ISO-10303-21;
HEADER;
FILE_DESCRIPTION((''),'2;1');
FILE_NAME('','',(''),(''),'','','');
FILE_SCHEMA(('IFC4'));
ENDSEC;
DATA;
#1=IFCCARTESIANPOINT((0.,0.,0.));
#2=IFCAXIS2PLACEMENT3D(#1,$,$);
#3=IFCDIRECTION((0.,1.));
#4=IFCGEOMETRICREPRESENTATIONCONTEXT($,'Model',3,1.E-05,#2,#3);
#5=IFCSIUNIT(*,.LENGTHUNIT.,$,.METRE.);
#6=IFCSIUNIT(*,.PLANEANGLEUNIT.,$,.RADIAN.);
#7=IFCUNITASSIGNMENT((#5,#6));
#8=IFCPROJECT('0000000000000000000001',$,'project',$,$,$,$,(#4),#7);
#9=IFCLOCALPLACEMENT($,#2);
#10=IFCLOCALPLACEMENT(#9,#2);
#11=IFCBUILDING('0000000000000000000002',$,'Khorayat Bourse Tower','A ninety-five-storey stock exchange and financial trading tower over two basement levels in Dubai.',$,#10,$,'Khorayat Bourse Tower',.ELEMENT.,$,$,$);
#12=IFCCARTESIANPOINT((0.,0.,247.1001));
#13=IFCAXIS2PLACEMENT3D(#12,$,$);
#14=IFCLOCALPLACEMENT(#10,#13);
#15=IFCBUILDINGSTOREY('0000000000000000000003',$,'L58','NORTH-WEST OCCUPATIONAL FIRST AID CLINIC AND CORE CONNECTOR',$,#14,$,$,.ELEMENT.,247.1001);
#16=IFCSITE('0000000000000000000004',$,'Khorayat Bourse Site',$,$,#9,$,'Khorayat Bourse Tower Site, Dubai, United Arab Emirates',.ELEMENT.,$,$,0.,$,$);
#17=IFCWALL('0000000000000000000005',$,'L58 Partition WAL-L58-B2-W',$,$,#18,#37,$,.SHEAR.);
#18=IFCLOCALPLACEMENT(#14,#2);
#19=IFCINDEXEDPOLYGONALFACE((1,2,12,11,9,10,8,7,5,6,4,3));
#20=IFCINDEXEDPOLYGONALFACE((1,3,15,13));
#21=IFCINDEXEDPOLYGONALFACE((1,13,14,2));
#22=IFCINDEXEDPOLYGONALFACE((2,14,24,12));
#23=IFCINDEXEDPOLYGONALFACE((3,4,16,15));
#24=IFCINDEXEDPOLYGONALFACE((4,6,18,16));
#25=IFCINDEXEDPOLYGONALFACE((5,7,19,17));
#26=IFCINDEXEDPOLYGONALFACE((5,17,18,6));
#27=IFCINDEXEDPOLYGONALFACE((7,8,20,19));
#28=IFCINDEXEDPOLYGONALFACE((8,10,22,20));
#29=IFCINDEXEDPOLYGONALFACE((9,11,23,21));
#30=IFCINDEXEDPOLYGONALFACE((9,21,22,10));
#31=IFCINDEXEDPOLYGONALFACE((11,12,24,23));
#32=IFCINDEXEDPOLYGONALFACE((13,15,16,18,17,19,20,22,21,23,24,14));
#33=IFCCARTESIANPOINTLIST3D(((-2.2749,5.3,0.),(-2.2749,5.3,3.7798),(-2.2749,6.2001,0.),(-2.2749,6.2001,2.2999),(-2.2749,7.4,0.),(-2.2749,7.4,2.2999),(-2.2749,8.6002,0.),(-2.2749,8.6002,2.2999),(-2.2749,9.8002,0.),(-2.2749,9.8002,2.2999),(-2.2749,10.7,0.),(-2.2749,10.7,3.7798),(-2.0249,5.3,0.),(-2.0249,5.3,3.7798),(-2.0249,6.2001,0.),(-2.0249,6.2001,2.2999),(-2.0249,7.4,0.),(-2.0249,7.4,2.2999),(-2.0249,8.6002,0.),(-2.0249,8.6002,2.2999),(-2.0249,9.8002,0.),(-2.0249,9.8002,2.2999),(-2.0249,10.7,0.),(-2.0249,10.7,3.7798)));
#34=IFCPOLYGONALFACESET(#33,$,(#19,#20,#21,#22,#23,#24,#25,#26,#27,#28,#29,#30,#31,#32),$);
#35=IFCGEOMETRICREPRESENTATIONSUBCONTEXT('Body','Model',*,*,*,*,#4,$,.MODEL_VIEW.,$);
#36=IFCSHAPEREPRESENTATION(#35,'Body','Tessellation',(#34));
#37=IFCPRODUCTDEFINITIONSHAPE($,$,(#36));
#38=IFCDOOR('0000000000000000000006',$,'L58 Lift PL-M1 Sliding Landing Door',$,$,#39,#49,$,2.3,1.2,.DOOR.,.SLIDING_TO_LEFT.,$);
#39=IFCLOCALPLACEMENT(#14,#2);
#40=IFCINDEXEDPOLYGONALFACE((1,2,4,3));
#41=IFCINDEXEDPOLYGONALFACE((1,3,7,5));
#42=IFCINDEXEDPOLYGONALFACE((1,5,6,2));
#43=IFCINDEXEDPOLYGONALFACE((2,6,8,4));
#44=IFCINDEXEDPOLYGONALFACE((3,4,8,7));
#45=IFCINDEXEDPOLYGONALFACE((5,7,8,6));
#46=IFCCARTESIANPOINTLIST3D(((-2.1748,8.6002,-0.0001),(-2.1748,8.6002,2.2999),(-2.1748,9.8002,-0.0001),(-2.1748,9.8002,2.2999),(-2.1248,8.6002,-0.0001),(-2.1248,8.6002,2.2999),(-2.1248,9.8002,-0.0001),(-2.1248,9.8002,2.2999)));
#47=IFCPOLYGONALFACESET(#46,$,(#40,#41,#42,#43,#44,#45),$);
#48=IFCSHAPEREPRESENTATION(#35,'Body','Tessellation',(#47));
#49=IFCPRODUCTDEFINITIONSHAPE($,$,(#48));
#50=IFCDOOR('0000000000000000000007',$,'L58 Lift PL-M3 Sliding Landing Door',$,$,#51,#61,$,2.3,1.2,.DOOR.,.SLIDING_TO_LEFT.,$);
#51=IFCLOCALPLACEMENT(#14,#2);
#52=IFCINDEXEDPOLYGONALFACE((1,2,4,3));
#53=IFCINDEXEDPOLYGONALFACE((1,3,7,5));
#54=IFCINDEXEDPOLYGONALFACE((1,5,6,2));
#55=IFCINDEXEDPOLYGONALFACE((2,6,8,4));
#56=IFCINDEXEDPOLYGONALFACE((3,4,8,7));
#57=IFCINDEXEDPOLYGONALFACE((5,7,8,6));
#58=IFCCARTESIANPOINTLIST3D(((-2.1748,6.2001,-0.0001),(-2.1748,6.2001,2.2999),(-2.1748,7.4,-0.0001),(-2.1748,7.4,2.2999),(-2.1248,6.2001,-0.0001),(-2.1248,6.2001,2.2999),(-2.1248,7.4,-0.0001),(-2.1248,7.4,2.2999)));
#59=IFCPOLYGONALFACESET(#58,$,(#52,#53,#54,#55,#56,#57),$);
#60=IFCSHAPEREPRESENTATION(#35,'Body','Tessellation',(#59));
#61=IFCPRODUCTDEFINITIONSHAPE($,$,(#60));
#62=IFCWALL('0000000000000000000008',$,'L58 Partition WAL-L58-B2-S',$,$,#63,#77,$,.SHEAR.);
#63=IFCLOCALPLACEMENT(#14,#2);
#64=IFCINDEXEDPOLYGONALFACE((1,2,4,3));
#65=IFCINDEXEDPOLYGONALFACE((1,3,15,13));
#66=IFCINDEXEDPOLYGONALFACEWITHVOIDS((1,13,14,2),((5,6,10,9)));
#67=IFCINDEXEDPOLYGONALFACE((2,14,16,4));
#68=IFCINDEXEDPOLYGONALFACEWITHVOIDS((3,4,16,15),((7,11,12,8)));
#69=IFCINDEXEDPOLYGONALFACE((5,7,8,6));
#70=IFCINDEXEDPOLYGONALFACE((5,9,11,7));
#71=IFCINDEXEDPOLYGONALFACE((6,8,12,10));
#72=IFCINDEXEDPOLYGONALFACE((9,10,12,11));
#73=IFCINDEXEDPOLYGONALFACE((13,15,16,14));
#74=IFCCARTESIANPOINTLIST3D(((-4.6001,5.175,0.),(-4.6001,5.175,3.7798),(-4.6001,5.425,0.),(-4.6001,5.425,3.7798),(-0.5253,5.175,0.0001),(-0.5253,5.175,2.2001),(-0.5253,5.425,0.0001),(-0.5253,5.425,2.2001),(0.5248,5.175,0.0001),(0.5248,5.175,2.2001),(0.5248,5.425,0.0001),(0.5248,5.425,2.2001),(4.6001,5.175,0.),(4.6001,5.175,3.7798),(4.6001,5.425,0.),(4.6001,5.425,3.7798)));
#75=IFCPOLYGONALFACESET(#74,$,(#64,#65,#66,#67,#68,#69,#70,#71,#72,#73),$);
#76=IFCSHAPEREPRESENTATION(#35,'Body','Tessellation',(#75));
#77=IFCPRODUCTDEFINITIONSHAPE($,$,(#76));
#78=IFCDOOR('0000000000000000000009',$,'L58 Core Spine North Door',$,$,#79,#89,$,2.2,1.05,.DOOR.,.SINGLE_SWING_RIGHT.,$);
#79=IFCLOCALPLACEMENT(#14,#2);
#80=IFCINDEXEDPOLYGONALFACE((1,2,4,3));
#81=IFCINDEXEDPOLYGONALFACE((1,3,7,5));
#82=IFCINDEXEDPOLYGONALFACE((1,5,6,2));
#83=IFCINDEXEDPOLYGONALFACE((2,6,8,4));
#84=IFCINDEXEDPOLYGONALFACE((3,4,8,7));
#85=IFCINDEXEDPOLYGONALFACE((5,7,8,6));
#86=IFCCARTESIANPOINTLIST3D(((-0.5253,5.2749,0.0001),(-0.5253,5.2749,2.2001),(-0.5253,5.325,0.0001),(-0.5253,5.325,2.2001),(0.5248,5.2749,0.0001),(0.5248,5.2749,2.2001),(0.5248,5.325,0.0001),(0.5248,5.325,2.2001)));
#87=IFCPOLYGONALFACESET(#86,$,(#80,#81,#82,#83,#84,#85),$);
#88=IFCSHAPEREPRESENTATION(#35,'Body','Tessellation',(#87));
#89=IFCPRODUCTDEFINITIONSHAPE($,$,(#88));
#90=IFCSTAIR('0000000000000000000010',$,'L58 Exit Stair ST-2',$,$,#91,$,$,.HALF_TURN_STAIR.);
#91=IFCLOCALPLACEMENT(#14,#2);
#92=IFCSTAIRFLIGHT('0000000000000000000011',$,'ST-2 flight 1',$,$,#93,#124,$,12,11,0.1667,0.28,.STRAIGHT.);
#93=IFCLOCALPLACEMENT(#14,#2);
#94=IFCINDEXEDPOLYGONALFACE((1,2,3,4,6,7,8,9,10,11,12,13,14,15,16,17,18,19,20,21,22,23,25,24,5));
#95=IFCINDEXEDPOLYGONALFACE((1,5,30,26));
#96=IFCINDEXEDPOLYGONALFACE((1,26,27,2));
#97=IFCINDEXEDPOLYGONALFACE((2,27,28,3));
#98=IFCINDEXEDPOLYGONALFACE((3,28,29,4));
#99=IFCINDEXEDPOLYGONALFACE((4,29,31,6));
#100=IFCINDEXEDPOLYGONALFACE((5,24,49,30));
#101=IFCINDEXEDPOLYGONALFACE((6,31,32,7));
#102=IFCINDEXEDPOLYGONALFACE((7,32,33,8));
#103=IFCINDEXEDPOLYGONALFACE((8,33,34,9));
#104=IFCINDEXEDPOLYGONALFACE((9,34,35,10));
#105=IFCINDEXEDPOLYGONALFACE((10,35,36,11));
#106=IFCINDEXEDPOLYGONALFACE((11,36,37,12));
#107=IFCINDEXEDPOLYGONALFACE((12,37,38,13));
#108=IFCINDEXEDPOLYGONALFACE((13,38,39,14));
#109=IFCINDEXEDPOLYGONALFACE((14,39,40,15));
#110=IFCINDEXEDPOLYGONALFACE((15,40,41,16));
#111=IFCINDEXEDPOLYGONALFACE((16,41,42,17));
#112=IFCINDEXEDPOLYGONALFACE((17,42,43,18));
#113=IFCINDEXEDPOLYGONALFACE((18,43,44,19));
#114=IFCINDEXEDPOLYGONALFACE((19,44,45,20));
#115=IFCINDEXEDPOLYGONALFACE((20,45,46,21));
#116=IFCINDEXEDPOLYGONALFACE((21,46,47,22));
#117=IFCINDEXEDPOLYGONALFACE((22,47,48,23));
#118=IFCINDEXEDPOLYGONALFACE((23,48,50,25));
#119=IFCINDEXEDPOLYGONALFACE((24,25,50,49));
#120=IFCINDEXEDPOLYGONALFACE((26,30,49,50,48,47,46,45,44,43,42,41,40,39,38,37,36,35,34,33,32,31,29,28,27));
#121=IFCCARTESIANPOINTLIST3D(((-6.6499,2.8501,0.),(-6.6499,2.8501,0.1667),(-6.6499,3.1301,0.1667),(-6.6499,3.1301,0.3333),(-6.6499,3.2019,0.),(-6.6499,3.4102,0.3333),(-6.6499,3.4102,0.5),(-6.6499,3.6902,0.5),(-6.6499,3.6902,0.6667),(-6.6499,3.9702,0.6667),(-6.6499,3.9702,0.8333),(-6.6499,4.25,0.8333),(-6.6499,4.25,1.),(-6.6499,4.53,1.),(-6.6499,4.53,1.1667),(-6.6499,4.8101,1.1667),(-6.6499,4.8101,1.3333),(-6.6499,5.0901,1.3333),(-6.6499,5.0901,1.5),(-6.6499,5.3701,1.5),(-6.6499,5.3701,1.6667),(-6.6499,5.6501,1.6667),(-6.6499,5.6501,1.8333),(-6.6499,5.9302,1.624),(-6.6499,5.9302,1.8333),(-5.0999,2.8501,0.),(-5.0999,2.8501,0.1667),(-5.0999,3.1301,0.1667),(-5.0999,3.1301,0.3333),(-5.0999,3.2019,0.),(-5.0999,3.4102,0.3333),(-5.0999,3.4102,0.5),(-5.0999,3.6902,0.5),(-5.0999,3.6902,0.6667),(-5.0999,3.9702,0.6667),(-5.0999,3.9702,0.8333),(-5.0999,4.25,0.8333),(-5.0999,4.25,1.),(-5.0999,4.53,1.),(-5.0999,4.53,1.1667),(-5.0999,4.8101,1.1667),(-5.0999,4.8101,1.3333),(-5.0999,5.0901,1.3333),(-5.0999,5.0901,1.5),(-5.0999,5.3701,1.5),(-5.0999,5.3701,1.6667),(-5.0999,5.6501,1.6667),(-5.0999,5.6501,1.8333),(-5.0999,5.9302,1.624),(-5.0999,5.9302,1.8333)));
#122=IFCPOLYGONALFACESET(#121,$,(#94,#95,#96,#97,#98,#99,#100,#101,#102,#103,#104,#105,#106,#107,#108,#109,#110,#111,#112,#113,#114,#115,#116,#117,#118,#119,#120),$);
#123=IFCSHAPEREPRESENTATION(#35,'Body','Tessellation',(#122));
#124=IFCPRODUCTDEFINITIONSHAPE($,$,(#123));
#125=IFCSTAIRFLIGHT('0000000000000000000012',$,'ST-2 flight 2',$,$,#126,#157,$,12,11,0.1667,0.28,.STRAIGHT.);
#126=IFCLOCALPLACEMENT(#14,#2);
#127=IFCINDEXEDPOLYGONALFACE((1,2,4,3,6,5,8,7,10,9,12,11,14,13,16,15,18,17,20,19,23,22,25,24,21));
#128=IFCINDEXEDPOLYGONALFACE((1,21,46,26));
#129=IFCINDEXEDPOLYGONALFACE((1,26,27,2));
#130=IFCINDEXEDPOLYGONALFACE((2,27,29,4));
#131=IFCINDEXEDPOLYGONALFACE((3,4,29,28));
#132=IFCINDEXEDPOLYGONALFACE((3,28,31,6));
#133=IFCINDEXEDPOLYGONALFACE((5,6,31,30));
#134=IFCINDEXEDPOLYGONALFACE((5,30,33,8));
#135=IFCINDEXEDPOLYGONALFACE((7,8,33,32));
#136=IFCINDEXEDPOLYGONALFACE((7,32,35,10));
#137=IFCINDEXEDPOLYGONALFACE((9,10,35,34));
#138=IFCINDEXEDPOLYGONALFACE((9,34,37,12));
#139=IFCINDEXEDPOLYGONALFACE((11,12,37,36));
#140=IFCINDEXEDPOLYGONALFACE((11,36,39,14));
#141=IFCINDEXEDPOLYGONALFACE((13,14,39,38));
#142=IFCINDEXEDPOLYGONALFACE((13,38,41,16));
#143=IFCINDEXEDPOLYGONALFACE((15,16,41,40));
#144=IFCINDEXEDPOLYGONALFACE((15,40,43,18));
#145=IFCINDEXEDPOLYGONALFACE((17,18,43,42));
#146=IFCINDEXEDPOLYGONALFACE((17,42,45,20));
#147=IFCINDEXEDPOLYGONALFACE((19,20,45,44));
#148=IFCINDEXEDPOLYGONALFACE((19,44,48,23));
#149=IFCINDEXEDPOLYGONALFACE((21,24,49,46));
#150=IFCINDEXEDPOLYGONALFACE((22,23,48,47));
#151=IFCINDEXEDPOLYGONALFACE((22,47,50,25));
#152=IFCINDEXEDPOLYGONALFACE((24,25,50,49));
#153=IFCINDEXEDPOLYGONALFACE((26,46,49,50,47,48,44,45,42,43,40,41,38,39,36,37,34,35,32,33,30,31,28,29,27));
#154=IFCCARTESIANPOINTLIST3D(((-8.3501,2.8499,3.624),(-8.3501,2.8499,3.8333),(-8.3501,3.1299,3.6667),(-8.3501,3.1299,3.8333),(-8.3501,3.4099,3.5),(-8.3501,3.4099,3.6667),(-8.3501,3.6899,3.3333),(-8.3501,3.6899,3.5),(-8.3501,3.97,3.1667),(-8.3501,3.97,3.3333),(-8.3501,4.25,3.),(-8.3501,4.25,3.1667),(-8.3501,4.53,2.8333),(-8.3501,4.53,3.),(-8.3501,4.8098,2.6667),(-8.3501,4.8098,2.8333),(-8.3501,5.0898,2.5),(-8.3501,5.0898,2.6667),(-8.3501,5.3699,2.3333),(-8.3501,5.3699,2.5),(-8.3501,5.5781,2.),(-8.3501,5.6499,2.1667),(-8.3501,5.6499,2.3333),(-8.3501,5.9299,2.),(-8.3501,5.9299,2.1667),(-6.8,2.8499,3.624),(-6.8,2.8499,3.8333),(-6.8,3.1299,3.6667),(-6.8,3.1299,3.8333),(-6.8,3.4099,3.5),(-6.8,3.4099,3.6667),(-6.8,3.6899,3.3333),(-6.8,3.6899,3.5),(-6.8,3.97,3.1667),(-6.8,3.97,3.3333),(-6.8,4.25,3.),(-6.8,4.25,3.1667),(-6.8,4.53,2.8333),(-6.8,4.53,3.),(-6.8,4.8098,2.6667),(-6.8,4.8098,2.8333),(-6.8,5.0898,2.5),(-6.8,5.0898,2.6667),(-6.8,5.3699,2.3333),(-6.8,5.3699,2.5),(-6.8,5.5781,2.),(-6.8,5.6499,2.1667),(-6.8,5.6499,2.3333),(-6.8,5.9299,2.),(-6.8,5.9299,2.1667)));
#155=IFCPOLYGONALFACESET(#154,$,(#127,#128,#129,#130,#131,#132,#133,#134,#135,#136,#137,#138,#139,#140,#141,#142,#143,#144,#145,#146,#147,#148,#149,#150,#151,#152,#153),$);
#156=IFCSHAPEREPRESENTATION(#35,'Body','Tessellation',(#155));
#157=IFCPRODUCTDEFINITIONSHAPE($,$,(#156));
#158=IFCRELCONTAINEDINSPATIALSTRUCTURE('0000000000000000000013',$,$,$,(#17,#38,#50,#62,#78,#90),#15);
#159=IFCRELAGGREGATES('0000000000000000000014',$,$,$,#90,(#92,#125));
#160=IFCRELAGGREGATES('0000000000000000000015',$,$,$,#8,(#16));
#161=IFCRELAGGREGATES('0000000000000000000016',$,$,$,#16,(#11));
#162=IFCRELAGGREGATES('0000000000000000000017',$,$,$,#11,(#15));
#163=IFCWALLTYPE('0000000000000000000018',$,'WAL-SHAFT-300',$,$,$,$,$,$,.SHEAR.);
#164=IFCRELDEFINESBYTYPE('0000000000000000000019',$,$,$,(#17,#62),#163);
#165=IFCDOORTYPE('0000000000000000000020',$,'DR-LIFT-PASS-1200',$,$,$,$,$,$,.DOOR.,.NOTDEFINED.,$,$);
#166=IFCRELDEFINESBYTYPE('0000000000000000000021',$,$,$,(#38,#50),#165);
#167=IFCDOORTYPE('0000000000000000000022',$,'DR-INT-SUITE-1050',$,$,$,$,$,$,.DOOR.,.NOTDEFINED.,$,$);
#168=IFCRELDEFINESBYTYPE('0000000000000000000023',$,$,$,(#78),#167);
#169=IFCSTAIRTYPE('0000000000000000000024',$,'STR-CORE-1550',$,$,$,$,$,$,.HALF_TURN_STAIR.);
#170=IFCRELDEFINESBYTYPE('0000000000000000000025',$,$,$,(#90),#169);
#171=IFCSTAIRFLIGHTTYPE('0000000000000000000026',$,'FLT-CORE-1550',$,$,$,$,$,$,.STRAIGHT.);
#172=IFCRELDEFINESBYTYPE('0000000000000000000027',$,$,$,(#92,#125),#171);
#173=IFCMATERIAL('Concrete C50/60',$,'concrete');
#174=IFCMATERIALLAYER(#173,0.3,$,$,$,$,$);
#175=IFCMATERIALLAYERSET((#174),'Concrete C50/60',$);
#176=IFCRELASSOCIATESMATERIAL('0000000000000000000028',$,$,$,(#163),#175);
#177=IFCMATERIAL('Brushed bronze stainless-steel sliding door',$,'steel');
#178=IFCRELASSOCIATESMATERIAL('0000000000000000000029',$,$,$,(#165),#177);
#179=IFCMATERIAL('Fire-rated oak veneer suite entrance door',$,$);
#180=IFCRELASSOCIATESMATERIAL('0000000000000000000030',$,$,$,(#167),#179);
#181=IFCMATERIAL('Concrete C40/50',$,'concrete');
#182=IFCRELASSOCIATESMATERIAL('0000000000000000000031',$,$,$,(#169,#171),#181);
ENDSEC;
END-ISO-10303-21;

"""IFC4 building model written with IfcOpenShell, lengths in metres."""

from ifc_helpers import new_model, si_unit, direction, frame, frame_2d, origin, place, context, subcontext, project, spatial, polyline, rectangle, outline, extrude, source, transform, mapped, material, layer, layer_set, type_object, element, fill, aggregate, save


model = new_model("IFC4")

# Units and contexts
model_context = context("Model", 3, precision=1e-05, world=origin(), true_north=direction((0.0, 1.0)))
body_context = subcontext(model_context, "Body", "Model", "MODEL_VIEW")
ifc_project = project(units=[si_unit("LENGTHUNIT", "METRE"), si_unit("PLANEANGLEUNIT", "RADIAN")], contexts=[model_context])

# Site, building, storey
site_placement = place(None, origin())
site = spatial("IfcSite", under=ifc_project, at=site_placement, Name="Khorayat Bourse Site", LongName="Khorayat Bourse Tower Site, Dubai, United Arab Emirates", CompositionType="ELEMENT", RefElevation=0.0)
building_placement = place(site_placement, origin())
building = spatial("IfcBuilding", under=site, at=building_placement, Name="Khorayat Bourse Tower", Description="A ninety-five-storey stock exchange and financial trading tower over two basement levels in Dubai.", LongName="Khorayat Bourse Tower", CompositionType="ELEMENT")
storey_placement = place(building_placement, frame((0.0, 0.0, 247.1001)))
storey = spatial("IfcBuildingStorey", under=building, at=storey_placement, Name="L58", Description="NORTH-WEST OCCUPATIONAL FIRST AID CLINIC AND CORE CONNECTOR", CompositionType="ELEMENT", Elevation=247.1001)

# Shared definitions
ifc_material_1 = material(Name="Concrete C40/50", Category="concrete")

# Shared definitions
ifc_material_2 = material(Name="Concrete C50/60", Category="concrete")
ifc_layer_1 = layer(ifc_material_2, 0.3)
ifc_layer_set_1 = layer_set([ifc_layer_1], Name="Concrete C50/60")
wall_type_1 = type_object("IfcWallType", Name="WAL-SHAFT-300", PredefinedType="SHEAR", material=ifc_layer_set_1)

# Wall, openings, doors
shared_shape_1 = source(origin(), body_context, "Body", "SweptSolid", [
    extrude(rectangle(XDim=5.3999, YDim=0.25, at=frame_2d((2.7, 0.0))), origin(), (0.0, 0.0, 1.0), 3.7798),
])
wall_1_placement = place(storey_placement, frame((-2.1499, 5.3, 0.0), z_axis=(0.0, 0.0, 1.0), x_axis=(0.0, 1.0, 0.0)))
wall_1 = element("IfcWall", 1, at=wall_1_placement, inside=storey, type_object=wall_type_1, Name="L58 Partition WAL-L58-B2-W", PredefinedType="SHEAR", context=body_context, shape_type="MappedRepresentation", body=[
    mapped(shared_shape_1, transform((0.0, 0.0, 0.0), scale=1.0)),
])
shared_shape_2 = source(origin(), body_context, "Body", "SweptSolid", [
    extrude(rectangle(XDim=1.2, YDim=2.3, at=frame_2d((0.6001, 1.1499))), frame((0.0, 0.135, 0.0), z_axis=(0.0, -1.0, 0.0), x_axis=(1.0, 0.0, 0.0)), (0.0, 0.0, 1.0), 0.27),
])
opening_1_placement = place(wall_1_placement, frame((3.3, 0.0, 0.0)))
opening_1 = element("IfcOpeningElement", 2, at=opening_1_placement, cuts=wall_1, PredefinedType="OPENING", context=body_context, shape_type="MappedRepresentation", body=[
    mapped(shared_shape_2, transform((0.0, 0.0, 0.0), scale=1.0)),
])
opening_2_placement = place(wall_1_placement, frame((0.8999, 0.0, 0.0)))
opening_2 = element("IfcOpeningElement", 3, at=opening_2_placement, cuts=wall_1, PredefinedType="OPENING", context=body_context, shape_type="MappedRepresentation", body=[
    mapped(shared_shape_2, transform((0.0, 0.0, 0.0), scale=1.0)),
])
ifc_material_3 = material(Name="Brushed bronze stainless-steel sliding door", Category="steel")
door_type_1 = type_object("IfcDoorType", Name="DR-LIFT-PASS-1200", OperationType="NOTDEFINED", PredefinedType="DOOR", material=ifc_material_3)
shared_shape_3 = source(origin(), body_context, "Body", "SweptSolid", [
    extrude(rectangle(XDim=1.2, YDim=2.3, at=frame_2d((0.6001, 1.1499))), frame((0.0, 0.0249, 0.0), z_axis=(0.0, -1.0, 0.0), x_axis=(1.0, 0.0, 0.0)), (0.0, 0.0, 1.0), 0.05),
])
door_1_placement = place(opening_1_placement, origin())
door_1 = element("IfcDoor", 4, at=door_1_placement, inside=storey, type_object=door_type_1, Name="L58 Lift PL-M1 Sliding Landing Door", OperationType="SLIDING_TO_LEFT", OverallHeight=2.3, OverallWidth=1.2, PredefinedType="DOOR", context=body_context, shape_type="MappedRepresentation", body=[
    mapped(shared_shape_3, transform((0.0, 0.0, 0.0), scale=1.0)),
])
fill(opening_1, door_1)
door_2_placement = place(opening_2_placement, origin())
door_2 = element("IfcDoor", 5, at=door_2_placement, inside=storey, type_object=door_type_1, Name="L58 Lift PL-M3 Sliding Landing Door", OperationType="SLIDING_TO_LEFT", OverallHeight=2.3, OverallWidth=1.2, PredefinedType="DOOR", context=body_context, shape_type="MappedRepresentation", body=[
    mapped(shared_shape_3, transform((0.0, 0.0, 0.0), scale=1.0)),
])
fill(opening_2, door_2)

# Wall, opening, door
shared_shape_4 = source(origin(), body_context, "Body", "SweptSolid", [
    extrude(rectangle(XDim=9.2002, YDim=0.25, at=frame_2d((4.6001, 0.0))), origin(), (0.0, 0.0, 1.0), 3.7798),
])
wall_2_placement = place(storey_placement, frame((-4.6001, 5.3, 0.0), z_axis=(0.0, 0.0, 1.0), x_axis=(1.0, 0.0, 0.0)))
wall_2 = element("IfcWall", 6, at=wall_2_placement, inside=storey, type_object=wall_type_1, Name="L58 Partition WAL-L58-B2-S", PredefinedType="SHEAR", context=body_context, shape_type="MappedRepresentation", body=[
    mapped(shared_shape_4, transform((0.0, 0.0, 0.0), scale=1.0)),
])
shared_shape_5 = source(origin(), body_context, "Body", "SweptSolid", [
    extrude(rectangle(XDim=1.05, YDim=2.2, at=frame_2d((0.5249, 1.1001))), frame((0.0, 0.135, 0.0), z_axis=(0.0, -1.0, 0.0), x_axis=(1.0, 0.0, 0.0)), (0.0, 0.0, 1.0), 0.27),
])
opening_3_placement = place(wall_2_placement, frame((4.075, 0.0, 0.0)))
opening_3 = element("IfcOpeningElement", 7, at=opening_3_placement, cuts=wall_2, PredefinedType="OPENING", context=body_context, shape_type="MappedRepresentation", body=[
    mapped(shared_shape_5, transform((0.0, 0.0, 0.0), scale=1.0)),
])
ifc_material_4 = material(Name="Fire-rated oak veneer suite entrance door")
door_type_2 = type_object("IfcDoorType", Name="DR-INT-SUITE-1050", OperationType="NOTDEFINED", PredefinedType="DOOR", material=ifc_material_4)
shared_shape_6 = source(origin(), body_context, "Body", "SweptSolid", [
    extrude(rectangle(XDim=1.05, YDim=2.2, at=frame_2d((0.5249, 1.1001))), frame((0.0, 0.0249, 0.0), z_axis=(0.0, -1.0, 0.0), x_axis=(1.0, 0.0, 0.0)), (0.0, 0.0, 1.0), 0.05),
])
door_3_placement = place(opening_3_placement, origin())
door_3 = element("IfcDoor", 8, at=door_3_placement, inside=storey, type_object=door_type_2, Name="L58 Core Spine North Door", OperationType="SINGLE_SWING_RIGHT", OverallHeight=2.2, OverallWidth=1.05, PredefinedType="DOOR", context=body_context, shape_type="MappedRepresentation", body=[
    mapped(shared_shape_6, transform((0.0, 0.0, 0.0), scale=1.0)),
])
fill(opening_3, door_3)

# Stair, stair flights
stair_type = type_object("IfcStairType", Name="STR-CORE-1550", PredefinedType="HALF_TURN_STAIR", material=ifc_material_1)
stair_placement = place(storey_placement, origin())
stair = element("IfcStair", 9, at=stair_placement, inside=storey, type_object=stair_type, Name="L58 Exit Stair ST-2", PredefinedType="HALF_TURN_STAIR")
stair_flight_type = type_object("IfcStairFlightType", Name="FLT-CORE-1550", PredefinedType="STRAIGHT", material=ifc_material_1)
shared_shape_7 = source(origin(), body_context, "Body", "SweptSolid", [
    extrude(outline(polyline([(0.0, 0.0), (0.0, 0.1667), (0.28, 0.1667), (0.28, 0.3333), (0.5601, 0.3333), (0.5601, 0.5), (0.8401, 0.5), (0.8401, 0.6667), (1.1201, 0.6667), (1.1201, 0.8333), (1.3999, 0.8333), (1.3999, 1.0), (1.6799, 1.0), (1.6799, 1.1667), (1.96, 1.1667), (1.96, 1.3333), (2.24, 1.3333), (2.24, 1.5), (2.52, 1.5), (2.52, 1.6667), (2.8, 1.6667), (2.8, 1.8333), (3.0801, 1.8333), (3.0801, 2.0), (3.0801, 1.624), (0.3518, 0.0), (0.0, 0.0)])), frame((0.0, 0.7749, 0.0), z_axis=(0.0, -1.0, 0.0), x_axis=(1.0, 0.0, 0.0)), (0.0, 0.0, 1.0), 1.55),
])
stair_flight_1_placement = place(storey_placement, frame((-5.875, 2.8501, 0.0), z_axis=(0.0, 0.0, 1.0), x_axis=(0.0, 1.0, 0.0)))
stair_flight_1 = element("IfcStairFlight", 10, at=stair_flight_1_placement, type_object=stair_flight_type, Name="ST-2 flight 1", NumberOfRisers=12, NumberOfTreads=11, PredefinedType="STRAIGHT", RiserHeight=0.1667, TreadLength=0.28, context=body_context, shape_type="MappedRepresentation", body=[
    mapped(shared_shape_7, transform((0.0, 0.0, 0.0), scale=1.0)),
])
stair_flight_2_placement = place(storey_placement, frame((-7.575, 5.9299, 2.0), z_axis=(0.0, 0.0, 1.0), x_axis=(0.0, -1.0, 0.0)))
stair_flight_2 = element("IfcStairFlight", 11, at=stair_flight_2_placement, type_object=stair_flight_type, Name="ST-2 flight 2", NumberOfRisers=12, NumberOfTreads=11, PredefinedType="STRAIGHT", RiserHeight=0.1667, TreadLength=0.28, context=body_context, shape_type="MappedRepresentation", body=[
    mapped(shared_shape_7, transform((0.0, 0.0, 0.0), scale=1.0)),
])
aggregate(stair, [stair_flight_1, stair_flight_2])

save(model, "model.ifc")
